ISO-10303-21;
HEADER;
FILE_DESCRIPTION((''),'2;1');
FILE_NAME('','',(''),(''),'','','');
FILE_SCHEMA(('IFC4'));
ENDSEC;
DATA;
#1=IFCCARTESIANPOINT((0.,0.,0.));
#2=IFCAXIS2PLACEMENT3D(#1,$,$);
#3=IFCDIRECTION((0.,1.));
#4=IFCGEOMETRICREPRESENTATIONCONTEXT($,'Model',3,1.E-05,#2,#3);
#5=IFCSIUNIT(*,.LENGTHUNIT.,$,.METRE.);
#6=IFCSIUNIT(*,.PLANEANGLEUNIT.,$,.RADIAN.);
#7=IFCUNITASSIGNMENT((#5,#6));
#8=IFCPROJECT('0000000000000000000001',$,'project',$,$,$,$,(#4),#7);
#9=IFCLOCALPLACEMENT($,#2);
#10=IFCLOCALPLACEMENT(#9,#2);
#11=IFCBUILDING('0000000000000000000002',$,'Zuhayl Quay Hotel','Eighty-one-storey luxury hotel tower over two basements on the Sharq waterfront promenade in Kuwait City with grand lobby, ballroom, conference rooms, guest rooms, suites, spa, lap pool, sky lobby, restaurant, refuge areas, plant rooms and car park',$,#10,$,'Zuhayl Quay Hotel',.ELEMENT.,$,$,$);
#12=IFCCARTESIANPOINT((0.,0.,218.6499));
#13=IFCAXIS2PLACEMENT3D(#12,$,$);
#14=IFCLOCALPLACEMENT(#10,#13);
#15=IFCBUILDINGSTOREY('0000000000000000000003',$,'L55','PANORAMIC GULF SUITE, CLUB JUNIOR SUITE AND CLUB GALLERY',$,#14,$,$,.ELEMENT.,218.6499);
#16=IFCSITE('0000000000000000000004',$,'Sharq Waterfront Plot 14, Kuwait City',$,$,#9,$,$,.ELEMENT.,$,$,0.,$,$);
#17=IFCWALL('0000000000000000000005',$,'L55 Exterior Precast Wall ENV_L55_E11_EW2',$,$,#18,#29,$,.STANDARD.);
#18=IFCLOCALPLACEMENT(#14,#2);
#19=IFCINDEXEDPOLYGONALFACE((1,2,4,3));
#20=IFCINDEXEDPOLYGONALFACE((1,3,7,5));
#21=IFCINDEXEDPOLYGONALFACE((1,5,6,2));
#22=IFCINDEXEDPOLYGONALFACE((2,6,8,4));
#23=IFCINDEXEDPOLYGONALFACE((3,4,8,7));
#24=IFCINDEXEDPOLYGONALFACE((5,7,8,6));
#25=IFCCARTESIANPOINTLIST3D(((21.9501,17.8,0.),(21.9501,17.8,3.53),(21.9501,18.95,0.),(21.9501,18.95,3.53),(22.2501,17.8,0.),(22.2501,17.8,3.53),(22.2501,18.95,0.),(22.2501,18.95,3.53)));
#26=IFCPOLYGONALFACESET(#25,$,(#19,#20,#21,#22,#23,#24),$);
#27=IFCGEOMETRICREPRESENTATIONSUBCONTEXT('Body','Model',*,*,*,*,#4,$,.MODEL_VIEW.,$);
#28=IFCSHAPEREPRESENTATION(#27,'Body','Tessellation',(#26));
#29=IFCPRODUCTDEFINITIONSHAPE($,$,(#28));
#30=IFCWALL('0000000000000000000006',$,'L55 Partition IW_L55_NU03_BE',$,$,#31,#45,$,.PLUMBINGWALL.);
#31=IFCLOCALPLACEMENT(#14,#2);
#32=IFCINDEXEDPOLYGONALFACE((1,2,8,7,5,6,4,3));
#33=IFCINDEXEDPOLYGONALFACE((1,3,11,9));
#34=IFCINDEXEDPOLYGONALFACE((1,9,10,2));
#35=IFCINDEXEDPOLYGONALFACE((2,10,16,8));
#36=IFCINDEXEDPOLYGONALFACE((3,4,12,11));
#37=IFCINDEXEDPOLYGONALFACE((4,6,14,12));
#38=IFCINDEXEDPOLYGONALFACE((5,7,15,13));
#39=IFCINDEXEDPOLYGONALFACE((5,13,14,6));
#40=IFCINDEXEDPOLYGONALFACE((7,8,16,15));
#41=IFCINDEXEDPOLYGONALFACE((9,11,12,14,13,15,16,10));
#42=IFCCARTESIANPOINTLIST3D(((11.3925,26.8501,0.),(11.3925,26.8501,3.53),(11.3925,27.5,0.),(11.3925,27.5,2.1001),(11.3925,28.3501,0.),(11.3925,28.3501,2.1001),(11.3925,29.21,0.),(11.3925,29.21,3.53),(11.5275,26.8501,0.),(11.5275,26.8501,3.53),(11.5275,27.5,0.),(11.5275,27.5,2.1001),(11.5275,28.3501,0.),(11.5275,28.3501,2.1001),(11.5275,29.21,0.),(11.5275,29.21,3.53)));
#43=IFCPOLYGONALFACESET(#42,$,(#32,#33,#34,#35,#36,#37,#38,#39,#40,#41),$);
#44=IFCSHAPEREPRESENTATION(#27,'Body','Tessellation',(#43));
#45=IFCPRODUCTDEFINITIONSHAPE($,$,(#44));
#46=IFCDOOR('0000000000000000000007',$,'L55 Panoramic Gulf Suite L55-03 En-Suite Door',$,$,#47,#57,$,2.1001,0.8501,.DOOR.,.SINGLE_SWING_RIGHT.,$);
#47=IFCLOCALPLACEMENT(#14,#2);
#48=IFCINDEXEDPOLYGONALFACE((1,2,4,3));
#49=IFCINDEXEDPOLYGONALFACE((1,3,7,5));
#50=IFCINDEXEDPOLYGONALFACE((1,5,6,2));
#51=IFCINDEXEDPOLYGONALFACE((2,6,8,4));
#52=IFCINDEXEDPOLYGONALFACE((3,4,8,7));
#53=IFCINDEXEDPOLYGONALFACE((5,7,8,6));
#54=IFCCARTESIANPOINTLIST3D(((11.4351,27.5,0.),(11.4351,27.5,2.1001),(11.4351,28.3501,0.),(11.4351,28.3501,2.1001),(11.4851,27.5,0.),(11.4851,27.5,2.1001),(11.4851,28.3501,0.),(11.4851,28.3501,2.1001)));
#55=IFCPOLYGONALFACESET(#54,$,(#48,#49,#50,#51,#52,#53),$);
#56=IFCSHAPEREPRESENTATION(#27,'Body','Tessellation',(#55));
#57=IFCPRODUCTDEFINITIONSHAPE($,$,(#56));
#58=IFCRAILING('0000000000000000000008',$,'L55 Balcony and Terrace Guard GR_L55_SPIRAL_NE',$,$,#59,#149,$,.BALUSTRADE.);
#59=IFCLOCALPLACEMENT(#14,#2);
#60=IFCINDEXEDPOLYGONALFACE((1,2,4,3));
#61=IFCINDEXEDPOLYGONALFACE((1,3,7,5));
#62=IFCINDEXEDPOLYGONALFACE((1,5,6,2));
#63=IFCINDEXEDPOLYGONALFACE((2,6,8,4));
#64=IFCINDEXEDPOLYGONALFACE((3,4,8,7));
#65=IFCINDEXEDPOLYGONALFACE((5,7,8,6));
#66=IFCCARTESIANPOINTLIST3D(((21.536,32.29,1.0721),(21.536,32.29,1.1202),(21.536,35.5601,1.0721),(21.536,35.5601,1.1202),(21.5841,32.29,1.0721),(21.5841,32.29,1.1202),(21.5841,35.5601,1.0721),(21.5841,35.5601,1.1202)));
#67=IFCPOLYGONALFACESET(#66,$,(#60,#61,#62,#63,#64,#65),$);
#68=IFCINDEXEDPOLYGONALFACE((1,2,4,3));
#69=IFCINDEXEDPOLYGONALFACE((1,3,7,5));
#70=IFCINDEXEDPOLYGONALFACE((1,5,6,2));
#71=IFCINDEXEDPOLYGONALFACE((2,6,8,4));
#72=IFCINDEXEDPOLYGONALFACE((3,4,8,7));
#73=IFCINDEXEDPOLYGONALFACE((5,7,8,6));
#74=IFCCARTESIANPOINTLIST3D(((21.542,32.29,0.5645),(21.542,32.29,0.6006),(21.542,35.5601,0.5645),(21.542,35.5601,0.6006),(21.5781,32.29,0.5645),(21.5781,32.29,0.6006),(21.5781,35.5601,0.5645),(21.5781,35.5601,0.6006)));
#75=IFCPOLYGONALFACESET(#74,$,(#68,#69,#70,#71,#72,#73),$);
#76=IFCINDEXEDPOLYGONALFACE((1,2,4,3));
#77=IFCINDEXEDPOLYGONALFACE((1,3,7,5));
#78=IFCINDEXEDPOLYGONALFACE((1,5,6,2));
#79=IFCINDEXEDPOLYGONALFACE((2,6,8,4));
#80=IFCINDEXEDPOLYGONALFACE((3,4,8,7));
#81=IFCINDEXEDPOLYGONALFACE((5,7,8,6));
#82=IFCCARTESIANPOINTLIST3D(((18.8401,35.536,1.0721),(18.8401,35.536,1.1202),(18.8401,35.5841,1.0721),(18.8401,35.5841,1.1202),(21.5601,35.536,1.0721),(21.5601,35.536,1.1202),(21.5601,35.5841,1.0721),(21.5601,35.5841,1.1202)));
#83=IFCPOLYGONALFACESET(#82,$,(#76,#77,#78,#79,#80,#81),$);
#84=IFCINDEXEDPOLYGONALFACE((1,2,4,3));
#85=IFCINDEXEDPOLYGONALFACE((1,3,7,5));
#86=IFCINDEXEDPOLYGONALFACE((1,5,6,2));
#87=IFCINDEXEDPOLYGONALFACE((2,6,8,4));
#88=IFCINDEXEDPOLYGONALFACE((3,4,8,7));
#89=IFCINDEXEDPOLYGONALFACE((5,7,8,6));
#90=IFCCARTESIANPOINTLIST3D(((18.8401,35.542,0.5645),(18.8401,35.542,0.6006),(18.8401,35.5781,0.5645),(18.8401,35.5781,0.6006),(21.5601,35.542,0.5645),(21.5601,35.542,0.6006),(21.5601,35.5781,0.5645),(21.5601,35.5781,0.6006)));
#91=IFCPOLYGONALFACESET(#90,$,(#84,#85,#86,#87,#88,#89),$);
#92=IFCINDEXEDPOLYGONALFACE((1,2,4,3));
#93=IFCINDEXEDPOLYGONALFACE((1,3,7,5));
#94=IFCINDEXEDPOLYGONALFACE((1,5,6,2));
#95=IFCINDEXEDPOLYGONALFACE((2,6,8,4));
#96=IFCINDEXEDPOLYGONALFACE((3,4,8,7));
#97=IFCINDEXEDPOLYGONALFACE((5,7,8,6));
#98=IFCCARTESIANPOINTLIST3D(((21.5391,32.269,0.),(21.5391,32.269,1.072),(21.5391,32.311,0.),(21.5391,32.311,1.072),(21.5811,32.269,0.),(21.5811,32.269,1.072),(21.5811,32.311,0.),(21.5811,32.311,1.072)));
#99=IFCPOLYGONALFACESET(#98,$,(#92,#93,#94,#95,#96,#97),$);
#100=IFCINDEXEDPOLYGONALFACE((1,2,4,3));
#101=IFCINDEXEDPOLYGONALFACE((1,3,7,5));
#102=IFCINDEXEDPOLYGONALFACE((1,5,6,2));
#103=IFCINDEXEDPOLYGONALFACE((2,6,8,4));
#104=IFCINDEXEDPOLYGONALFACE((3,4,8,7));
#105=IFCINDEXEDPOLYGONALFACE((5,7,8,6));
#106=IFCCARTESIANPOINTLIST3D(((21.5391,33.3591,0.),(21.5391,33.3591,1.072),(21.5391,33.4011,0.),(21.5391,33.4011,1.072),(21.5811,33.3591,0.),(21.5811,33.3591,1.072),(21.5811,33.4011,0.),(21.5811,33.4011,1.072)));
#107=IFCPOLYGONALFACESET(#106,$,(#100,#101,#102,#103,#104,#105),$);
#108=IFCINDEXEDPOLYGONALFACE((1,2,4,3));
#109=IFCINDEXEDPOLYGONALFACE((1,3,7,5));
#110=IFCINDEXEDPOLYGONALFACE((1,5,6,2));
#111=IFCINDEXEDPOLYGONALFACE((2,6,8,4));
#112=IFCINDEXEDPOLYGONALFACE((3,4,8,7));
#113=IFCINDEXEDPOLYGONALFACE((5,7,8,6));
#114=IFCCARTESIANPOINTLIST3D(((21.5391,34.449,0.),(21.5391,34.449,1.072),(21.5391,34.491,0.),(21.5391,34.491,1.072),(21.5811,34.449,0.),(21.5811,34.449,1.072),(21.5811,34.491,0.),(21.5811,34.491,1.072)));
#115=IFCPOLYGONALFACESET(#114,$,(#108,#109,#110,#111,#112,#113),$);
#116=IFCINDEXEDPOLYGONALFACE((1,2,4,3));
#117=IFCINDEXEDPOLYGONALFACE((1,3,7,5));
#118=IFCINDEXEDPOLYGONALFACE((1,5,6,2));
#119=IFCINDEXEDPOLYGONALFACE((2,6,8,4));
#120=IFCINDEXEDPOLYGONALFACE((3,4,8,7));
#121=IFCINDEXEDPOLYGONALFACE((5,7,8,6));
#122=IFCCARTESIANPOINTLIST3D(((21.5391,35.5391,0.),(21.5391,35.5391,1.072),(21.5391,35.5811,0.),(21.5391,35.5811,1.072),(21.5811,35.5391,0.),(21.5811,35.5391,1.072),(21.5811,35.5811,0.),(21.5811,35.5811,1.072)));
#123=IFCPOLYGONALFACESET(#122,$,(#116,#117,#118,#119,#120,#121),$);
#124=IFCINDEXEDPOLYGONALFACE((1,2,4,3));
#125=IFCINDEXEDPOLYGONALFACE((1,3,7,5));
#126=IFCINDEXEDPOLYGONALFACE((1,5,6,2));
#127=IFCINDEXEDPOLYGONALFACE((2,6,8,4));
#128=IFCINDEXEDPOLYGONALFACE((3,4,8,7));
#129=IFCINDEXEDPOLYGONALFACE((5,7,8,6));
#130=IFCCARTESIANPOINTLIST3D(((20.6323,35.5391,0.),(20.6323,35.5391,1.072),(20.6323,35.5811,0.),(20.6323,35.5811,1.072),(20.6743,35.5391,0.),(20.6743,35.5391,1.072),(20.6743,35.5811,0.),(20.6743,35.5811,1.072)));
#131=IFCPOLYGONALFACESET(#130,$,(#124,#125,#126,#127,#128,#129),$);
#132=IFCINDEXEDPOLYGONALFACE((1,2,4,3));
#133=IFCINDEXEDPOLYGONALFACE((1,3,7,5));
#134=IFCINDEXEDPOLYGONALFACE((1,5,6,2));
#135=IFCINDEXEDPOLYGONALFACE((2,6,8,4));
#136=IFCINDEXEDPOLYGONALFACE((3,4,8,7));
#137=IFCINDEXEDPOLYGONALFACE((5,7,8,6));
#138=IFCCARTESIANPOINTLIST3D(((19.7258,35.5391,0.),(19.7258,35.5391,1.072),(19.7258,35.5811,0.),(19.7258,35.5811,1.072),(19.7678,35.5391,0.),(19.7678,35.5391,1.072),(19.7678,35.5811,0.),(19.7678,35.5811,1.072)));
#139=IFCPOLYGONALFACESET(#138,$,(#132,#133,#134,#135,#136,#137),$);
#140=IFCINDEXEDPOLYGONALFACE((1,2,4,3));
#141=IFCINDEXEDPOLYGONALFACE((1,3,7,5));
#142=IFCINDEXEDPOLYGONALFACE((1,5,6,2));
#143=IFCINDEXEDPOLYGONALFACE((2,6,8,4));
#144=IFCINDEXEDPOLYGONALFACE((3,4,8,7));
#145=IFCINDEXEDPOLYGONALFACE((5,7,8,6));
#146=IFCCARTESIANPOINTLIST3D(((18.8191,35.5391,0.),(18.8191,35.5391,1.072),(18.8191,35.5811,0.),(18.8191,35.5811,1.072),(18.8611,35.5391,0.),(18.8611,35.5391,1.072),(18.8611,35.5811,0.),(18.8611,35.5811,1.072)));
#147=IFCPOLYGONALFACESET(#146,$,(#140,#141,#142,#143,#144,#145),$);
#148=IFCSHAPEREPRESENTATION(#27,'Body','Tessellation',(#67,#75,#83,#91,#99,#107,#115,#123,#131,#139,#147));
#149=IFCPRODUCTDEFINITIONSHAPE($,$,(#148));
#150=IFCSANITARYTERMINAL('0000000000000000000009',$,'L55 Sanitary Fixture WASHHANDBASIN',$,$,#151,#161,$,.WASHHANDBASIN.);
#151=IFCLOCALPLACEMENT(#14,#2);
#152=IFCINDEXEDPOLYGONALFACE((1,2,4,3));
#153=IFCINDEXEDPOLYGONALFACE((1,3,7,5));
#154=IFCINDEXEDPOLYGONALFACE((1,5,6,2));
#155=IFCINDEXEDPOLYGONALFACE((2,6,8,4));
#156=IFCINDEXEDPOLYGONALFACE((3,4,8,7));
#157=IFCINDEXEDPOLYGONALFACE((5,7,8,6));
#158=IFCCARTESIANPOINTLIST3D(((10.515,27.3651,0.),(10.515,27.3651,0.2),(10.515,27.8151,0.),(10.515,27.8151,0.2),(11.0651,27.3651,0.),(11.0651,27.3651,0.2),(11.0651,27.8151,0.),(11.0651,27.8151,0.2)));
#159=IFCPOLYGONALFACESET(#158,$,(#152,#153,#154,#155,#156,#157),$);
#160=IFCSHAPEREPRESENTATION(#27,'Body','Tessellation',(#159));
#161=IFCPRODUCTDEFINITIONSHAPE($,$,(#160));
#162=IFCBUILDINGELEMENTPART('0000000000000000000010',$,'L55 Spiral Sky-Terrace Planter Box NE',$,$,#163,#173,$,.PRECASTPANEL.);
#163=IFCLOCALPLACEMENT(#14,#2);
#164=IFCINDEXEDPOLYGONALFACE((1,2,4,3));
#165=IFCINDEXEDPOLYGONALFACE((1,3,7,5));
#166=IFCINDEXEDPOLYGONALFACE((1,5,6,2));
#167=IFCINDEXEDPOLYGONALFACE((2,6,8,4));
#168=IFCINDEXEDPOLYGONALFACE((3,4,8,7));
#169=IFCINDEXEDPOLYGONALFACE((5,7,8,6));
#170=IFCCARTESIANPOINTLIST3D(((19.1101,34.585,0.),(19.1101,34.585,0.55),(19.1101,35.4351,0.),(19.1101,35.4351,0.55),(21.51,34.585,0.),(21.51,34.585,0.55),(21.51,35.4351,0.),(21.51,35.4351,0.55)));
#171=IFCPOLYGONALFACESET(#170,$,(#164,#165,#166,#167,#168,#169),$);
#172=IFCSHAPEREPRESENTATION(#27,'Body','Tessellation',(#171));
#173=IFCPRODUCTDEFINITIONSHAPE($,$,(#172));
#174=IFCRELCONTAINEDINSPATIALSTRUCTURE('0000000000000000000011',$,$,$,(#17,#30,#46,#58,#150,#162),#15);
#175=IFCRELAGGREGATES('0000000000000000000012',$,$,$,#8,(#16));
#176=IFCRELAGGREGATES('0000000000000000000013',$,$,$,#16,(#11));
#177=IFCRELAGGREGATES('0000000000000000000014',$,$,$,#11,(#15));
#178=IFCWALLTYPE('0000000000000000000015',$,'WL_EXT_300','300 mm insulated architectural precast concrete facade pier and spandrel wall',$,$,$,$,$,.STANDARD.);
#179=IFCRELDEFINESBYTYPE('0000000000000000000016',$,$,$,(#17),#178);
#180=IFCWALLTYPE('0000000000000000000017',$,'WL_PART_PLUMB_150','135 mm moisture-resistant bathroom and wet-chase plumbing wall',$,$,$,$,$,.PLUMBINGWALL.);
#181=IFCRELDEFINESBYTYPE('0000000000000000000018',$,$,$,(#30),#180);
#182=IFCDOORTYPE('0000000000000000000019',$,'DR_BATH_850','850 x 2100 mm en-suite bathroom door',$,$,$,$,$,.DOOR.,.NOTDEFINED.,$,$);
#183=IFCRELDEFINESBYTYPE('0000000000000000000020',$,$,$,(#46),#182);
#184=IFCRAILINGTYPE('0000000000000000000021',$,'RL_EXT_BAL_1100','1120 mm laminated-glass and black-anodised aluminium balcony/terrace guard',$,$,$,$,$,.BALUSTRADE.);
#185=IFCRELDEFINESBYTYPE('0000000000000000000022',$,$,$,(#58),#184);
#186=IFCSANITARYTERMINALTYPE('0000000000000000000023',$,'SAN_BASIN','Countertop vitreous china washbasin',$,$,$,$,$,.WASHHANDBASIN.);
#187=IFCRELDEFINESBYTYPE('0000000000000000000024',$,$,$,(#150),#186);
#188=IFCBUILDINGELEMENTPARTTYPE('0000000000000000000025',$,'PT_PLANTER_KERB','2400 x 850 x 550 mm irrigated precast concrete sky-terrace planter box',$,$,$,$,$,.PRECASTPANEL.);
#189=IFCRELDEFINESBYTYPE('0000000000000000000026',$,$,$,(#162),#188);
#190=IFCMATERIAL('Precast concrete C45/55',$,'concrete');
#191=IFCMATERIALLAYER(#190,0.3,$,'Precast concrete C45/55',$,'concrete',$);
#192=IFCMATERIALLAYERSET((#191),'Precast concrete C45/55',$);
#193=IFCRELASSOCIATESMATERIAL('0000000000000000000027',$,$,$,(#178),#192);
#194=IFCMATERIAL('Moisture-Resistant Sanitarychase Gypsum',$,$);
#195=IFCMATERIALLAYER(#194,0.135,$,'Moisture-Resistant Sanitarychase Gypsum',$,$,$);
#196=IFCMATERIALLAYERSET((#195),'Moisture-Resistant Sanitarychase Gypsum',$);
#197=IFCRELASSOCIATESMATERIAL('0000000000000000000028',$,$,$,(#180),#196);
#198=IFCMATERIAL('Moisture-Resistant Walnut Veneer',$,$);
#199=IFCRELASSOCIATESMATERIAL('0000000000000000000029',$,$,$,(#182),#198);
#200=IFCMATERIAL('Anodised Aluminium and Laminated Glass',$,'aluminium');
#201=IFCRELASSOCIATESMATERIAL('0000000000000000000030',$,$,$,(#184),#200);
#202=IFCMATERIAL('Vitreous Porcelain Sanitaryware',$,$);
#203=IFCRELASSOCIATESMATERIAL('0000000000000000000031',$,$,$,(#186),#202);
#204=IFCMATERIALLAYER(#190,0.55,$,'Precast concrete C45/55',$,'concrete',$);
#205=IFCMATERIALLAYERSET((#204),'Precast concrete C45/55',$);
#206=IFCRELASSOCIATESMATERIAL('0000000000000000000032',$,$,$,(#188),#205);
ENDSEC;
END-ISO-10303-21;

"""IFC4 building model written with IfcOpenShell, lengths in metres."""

from ifc_helpers import new_model, si_unit, direction, frame, frame_2d, origin, origin_2d, place, context, subcontext, project, spatial, rectangle, extrude, material, layer, layer_set, type_object, element, fill, save


model = new_model("IFC4")

# Units and contexts
model_context = context("Model", 3, precision=1e-05, world=origin(), true_north=direction((0.0, 1.0)))
body_context = subcontext(model_context, "Body", "Model", "MODEL_VIEW")
ifc_project = project(units=[si_unit("LENGTHUNIT", "METRE"), si_unit("PLANEANGLEUNIT", "RADIAN")], contexts=[model_context])

# Site, building, storey
site_placement = place(None, origin())
site = spatial("IfcSite", under=ifc_project, at=site_placement, Name="Sharq Waterfront Plot 14, Kuwait City", CompositionType="ELEMENT", RefElevation=0.0)
building_placement = place(site_placement, origin())
building = spatial("IfcBuilding", under=site, at=building_placement, Name="Zuhayl Quay Hotel", Description="Eighty-one-storey luxury hotel tower over two basements on the Sharq waterfront promenade in Kuwait City with grand lobby, ballroom, conference rooms, guest rooms, suites, spa, lap pool, sky lobby, restaurant, refuge areas, plant rooms and car park", LongName="Zuhayl Quay Hotel", CompositionType="ELEMENT")
storey_placement = place(building_placement, frame((0.0, 0.0, 218.6499)))
storey = spatial("IfcBuildingStorey", under=building, at=storey_placement, Name="L55", Description="PANORAMIC GULF SUITE, CLUB JUNIOR SUITE AND CLUB GALLERY", CompositionType="ELEMENT", Elevation=218.6499)

# Shared definitions
ifc_material_1 = material(Name="Precast concrete C45/55", Category="concrete")
ifc_layer_1 = layer(ifc_material_1, 0.3, Name="Precast concrete C45/55", Category="concrete")
ifc_layer_set_1 = layer_set([ifc_layer_1], Name="Precast concrete C45/55")
wall_type_1 = type_object("IfcWallType", Name="WL_EXT_300", Description="300 mm insulated architectural precast concrete facade pier and spandrel wall", PredefinedType="STANDARD", material=ifc_layer_set_1)

# Wall
wall_1_placement = place(storey_placement, frame((22.1001, 18.95, 0.0), z_axis=(0.0, 0.0, 1.0), x_axis=(0.0, -1.0, 0.0)))
element("IfcWall", 1, at=wall_1_placement, inside=storey, type_object=wall_type_1, Name="L55 Exterior Precast Wall ENV_L55_E11_EW2", PredefinedType="STANDARD", context=body_context, shape_type="SweptSolid", body=[
    extrude(rectangle(XDim=1.1499, YDim=0.3, at=frame_2d((0.575, 0.0))), origin(), (0.0, 0.0, 1.0), 3.53),
])

# Wall, opening, door
ifc_material_2 = material(Name="Moisture-Resistant Sanitarychase Gypsum")
ifc_layer_2 = layer(ifc_material_2, 0.135, Name="Moisture-Resistant Sanitarychase Gypsum")
ifc_layer_set_2 = layer_set([ifc_layer_2], Name="Moisture-Resistant Sanitarychase Gypsum")
wall_type_2 = type_object("IfcWallType", Name="WL_PART_PLUMB_150", Description="135 mm moisture-resistant bathroom and wet-chase plumbing wall", PredefinedType="PLUMBINGWALL", material=ifc_layer_set_2)
wall_2_placement = place(storey_placement, frame((11.46, 26.8501, 0.0), z_axis=(0.0, 0.0, 1.0), x_axis=(0.0, 1.0, 0.0)))
wall_2 = element("IfcWall", 2, at=wall_2_placement, inside=storey, type_object=wall_type_2, Name="L55 Partition IW_L55_NU03_BE", PredefinedType="PLUMBINGWALL", context=body_context, shape_type="SweptSolid", body=[
    extrude(rectangle(XDim=2.3599, YDim=0.135, at=frame_2d((1.1799, 0.0))), origin(), (0.0, 0.0, 1.0), 3.53),
])
opening_1_placement = place(wall_2_placement, frame((0.6499, 0.0, 0.0)))
opening_1 = element("IfcOpeningElement", 3, at=opening_1_placement, cuts=wall_2, PredefinedType="OPENING", context=body_context, shape_type="SweptSolid", body=[
    extrude(rectangle(XDim=0.8501, YDim=2.1001, at=frame_2d((0.425, 1.05))), frame((0.0, 0.0774, 0.0), z_axis=(0.0, -1.0, 0.0), x_axis=(1.0, 0.0, 0.0)), (0.0, 0.0, 1.0), 0.155),
])
ifc_material_3 = material(Name="Moisture-Resistant Walnut Veneer")
door_type_1 = type_object("IfcDoorType", Name="DR_BATH_850", Description="850 x 2100 mm en-suite bathroom door", OperationType="NOTDEFINED", PredefinedType="DOOR", material=ifc_material_3)
door_1_placement = place(opening_1_placement, origin())
door_1 = element("IfcDoor", 4, at=door_1_placement, inside=storey, type_object=door_type_1, Name="L55 Panoramic Gulf Suite L55-03 En-Suite Door", OperationType="SINGLE_SWING_RIGHT", OverallHeight=2.1001, OverallWidth=0.8501, PredefinedType="DOOR", context=body_context, shape_type="SweptSolid", body=[
    extrude(rectangle(XDim=0.8501, YDim=2.1001, at=frame_2d((0.425, 1.05))), frame((0.0, 0.0249, 0.0), z_axis=(0.0, -1.0, 0.0), x_axis=(1.0, 0.0, 0.0)), (0.0, 0.0, 1.0), 0.05),
])
fill(opening_1, door_1)

# Railing
ifc_material_4 = material(Name="Anodised Aluminium and Laminated Glass", Category="aluminium")
railing_type = type_object("IfcRailingType", Name="RL_EXT_BAL_1100", Description="1120 mm laminated-glass and black-anodised aluminium balcony/terrace guard", PredefinedType="BALUSTRADE", material=ifc_material_4)
railing_placement = place(storey_placement, frame((21.5601, 32.29, 0.0)))
element("IfcRailing", 5, at=railing_placement, inside=storey, type_object=railing_type, Name="L55 Balcony and Terrace Guard GR_L55_SPIRAL_NE", PredefinedType="BALUSTRADE", context=body_context, shape_type="SweptSolid", body=[
    extrude(rectangle(XDim=0.0481, YDim=0.0481, at=origin_2d()), frame((0.0, 0.0, 1.0962), z_axis=(0.0, 1.0, 0.0), x_axis=(-1.0, 0.0, 0.0)), (0.0, 0.0, 1.0), 3.27),
    extrude(rectangle(XDim=0.0361, YDim=0.0361, at=origin_2d()), frame((0.0, 0.0, 0.5825), z_axis=(0.0, 1.0, 0.0), x_axis=(-1.0, 0.0, 0.0)), (0.0, 0.0, 1.0), 3.27),
    extrude(rectangle(XDim=0.0481, YDim=0.0481, at=origin_2d()), frame((0.0, 3.27, 1.0962), z_axis=(-1.0, 0.0, 0.0), x_axis=(0.0, -1.0, 0.0)), (0.0, 0.0, 1.0), 2.72),
    extrude(rectangle(XDim=0.0361, YDim=0.0361, at=origin_2d()), frame((0.0, 3.27, 0.5825), z_axis=(-1.0, 0.0, 0.0), x_axis=(0.0, -1.0, 0.0)), (0.0, 0.0, 1.0), 2.72),
    extrude(rectangle(XDim=0.042, YDim=0.042, at=origin_2d()), origin(), (0.0, 0.0, 1.0), 1.072),
    extrude(rectangle(XDim=0.042, YDim=0.042, at=origin_2d()), frame((0.0, 1.0901, 0.0)), (0.0, 0.0, 1.0), 1.072),
    extrude(rectangle(XDim=0.042, YDim=0.042, at=origin_2d()), frame((0.0, 2.1799, 0.0)), (0.0, 0.0, 1.0), 1.072),
    extrude(rectangle(XDim=0.042, YDim=0.042, at=origin_2d()), frame((0.0, 3.27, 0.0)), (0.0, 0.0, 1.0), 1.072),
    extrude(rectangle(XDim=0.042, YDim=0.042, at=origin_2d()), frame((-0.9067, 3.27, 0.0)), (0.0, 0.0, 1.0), 1.072),
    extrude(rectangle(XDim=0.042, YDim=0.042, at=origin_2d()), frame((-1.8132, 3.27, 0.0)), (0.0, 0.0, 1.0), 1.072),
    extrude(rectangle(XDim=0.042, YDim=0.042, at=origin_2d()), frame((-2.72, 3.27, 0.0)), (0.0, 0.0, 1.0), 1.072),
])

# Sanitary terminal
ifc_material_5 = material(Name="Vitreous Porcelain Sanitaryware")
sanitary_terminal_type = type_object("IfcSanitaryTerminalType", Name="SAN_BASIN", Description="Countertop vitreous china washbasin", PredefinedType="WASHHANDBASIN", material=ifc_material_5)
sanitary_terminal_placement = place(storey_placement, frame((10.79, 27.5901, 0.0), z_axis=(0.0, 0.0, 1.0), x_axis=(1.0, 0.0, 0.0)))
element("IfcSanitaryTerminal", 6, at=sanitary_terminal_placement, inside=storey, type_object=sanitary_terminal_type, Name="L55 Sanitary Fixture WASHHANDBASIN", PredefinedType="WASHHANDBASIN", context=body_context, shape_type="SweptSolid", body=[
    extrude(rectangle(XDim=0.55, YDim=0.45, at=origin_2d()), origin(), (0.0, 0.0, 1.0), 0.2),
])

# Building element part
ifc_layer_3 = layer(ifc_material_1, 0.55, Name="Precast concrete C45/55", Category="concrete")
ifc_layer_set_3 = layer_set([ifc_layer_3], Name="Precast concrete C45/55")
building_element_part_type = type_object("IfcBuildingElementPartType", Name="PT_PLANTER_KERB", Description="2400 x 850 x 550 mm irrigated precast concrete sky-terrace planter box", PredefinedType="PRECASTPANEL", material=ifc_layer_set_3)
building_element_part_placement = place(storey_placement, frame((20.3101, 35.01, 0.0), z_axis=(0.0, 0.0, 1.0), x_axis=(1.0, 0.0, 0.0)))
element("IfcBuildingElementPart", 7, at=building_element_part_placement, inside=storey, type_object=building_element_part_type, Name="L55 Spiral Sky-Terrace Planter Box NE", PredefinedType="PRECASTPANEL", context=body_context, shape_type="SweptSolid", body=[
    extrude(rectangle(XDim=2.3999, YDim=0.8501, at=origin_2d()), origin(), (0.0, 0.0, 1.0), 0.55),
])

save(model, "model.ifc")
